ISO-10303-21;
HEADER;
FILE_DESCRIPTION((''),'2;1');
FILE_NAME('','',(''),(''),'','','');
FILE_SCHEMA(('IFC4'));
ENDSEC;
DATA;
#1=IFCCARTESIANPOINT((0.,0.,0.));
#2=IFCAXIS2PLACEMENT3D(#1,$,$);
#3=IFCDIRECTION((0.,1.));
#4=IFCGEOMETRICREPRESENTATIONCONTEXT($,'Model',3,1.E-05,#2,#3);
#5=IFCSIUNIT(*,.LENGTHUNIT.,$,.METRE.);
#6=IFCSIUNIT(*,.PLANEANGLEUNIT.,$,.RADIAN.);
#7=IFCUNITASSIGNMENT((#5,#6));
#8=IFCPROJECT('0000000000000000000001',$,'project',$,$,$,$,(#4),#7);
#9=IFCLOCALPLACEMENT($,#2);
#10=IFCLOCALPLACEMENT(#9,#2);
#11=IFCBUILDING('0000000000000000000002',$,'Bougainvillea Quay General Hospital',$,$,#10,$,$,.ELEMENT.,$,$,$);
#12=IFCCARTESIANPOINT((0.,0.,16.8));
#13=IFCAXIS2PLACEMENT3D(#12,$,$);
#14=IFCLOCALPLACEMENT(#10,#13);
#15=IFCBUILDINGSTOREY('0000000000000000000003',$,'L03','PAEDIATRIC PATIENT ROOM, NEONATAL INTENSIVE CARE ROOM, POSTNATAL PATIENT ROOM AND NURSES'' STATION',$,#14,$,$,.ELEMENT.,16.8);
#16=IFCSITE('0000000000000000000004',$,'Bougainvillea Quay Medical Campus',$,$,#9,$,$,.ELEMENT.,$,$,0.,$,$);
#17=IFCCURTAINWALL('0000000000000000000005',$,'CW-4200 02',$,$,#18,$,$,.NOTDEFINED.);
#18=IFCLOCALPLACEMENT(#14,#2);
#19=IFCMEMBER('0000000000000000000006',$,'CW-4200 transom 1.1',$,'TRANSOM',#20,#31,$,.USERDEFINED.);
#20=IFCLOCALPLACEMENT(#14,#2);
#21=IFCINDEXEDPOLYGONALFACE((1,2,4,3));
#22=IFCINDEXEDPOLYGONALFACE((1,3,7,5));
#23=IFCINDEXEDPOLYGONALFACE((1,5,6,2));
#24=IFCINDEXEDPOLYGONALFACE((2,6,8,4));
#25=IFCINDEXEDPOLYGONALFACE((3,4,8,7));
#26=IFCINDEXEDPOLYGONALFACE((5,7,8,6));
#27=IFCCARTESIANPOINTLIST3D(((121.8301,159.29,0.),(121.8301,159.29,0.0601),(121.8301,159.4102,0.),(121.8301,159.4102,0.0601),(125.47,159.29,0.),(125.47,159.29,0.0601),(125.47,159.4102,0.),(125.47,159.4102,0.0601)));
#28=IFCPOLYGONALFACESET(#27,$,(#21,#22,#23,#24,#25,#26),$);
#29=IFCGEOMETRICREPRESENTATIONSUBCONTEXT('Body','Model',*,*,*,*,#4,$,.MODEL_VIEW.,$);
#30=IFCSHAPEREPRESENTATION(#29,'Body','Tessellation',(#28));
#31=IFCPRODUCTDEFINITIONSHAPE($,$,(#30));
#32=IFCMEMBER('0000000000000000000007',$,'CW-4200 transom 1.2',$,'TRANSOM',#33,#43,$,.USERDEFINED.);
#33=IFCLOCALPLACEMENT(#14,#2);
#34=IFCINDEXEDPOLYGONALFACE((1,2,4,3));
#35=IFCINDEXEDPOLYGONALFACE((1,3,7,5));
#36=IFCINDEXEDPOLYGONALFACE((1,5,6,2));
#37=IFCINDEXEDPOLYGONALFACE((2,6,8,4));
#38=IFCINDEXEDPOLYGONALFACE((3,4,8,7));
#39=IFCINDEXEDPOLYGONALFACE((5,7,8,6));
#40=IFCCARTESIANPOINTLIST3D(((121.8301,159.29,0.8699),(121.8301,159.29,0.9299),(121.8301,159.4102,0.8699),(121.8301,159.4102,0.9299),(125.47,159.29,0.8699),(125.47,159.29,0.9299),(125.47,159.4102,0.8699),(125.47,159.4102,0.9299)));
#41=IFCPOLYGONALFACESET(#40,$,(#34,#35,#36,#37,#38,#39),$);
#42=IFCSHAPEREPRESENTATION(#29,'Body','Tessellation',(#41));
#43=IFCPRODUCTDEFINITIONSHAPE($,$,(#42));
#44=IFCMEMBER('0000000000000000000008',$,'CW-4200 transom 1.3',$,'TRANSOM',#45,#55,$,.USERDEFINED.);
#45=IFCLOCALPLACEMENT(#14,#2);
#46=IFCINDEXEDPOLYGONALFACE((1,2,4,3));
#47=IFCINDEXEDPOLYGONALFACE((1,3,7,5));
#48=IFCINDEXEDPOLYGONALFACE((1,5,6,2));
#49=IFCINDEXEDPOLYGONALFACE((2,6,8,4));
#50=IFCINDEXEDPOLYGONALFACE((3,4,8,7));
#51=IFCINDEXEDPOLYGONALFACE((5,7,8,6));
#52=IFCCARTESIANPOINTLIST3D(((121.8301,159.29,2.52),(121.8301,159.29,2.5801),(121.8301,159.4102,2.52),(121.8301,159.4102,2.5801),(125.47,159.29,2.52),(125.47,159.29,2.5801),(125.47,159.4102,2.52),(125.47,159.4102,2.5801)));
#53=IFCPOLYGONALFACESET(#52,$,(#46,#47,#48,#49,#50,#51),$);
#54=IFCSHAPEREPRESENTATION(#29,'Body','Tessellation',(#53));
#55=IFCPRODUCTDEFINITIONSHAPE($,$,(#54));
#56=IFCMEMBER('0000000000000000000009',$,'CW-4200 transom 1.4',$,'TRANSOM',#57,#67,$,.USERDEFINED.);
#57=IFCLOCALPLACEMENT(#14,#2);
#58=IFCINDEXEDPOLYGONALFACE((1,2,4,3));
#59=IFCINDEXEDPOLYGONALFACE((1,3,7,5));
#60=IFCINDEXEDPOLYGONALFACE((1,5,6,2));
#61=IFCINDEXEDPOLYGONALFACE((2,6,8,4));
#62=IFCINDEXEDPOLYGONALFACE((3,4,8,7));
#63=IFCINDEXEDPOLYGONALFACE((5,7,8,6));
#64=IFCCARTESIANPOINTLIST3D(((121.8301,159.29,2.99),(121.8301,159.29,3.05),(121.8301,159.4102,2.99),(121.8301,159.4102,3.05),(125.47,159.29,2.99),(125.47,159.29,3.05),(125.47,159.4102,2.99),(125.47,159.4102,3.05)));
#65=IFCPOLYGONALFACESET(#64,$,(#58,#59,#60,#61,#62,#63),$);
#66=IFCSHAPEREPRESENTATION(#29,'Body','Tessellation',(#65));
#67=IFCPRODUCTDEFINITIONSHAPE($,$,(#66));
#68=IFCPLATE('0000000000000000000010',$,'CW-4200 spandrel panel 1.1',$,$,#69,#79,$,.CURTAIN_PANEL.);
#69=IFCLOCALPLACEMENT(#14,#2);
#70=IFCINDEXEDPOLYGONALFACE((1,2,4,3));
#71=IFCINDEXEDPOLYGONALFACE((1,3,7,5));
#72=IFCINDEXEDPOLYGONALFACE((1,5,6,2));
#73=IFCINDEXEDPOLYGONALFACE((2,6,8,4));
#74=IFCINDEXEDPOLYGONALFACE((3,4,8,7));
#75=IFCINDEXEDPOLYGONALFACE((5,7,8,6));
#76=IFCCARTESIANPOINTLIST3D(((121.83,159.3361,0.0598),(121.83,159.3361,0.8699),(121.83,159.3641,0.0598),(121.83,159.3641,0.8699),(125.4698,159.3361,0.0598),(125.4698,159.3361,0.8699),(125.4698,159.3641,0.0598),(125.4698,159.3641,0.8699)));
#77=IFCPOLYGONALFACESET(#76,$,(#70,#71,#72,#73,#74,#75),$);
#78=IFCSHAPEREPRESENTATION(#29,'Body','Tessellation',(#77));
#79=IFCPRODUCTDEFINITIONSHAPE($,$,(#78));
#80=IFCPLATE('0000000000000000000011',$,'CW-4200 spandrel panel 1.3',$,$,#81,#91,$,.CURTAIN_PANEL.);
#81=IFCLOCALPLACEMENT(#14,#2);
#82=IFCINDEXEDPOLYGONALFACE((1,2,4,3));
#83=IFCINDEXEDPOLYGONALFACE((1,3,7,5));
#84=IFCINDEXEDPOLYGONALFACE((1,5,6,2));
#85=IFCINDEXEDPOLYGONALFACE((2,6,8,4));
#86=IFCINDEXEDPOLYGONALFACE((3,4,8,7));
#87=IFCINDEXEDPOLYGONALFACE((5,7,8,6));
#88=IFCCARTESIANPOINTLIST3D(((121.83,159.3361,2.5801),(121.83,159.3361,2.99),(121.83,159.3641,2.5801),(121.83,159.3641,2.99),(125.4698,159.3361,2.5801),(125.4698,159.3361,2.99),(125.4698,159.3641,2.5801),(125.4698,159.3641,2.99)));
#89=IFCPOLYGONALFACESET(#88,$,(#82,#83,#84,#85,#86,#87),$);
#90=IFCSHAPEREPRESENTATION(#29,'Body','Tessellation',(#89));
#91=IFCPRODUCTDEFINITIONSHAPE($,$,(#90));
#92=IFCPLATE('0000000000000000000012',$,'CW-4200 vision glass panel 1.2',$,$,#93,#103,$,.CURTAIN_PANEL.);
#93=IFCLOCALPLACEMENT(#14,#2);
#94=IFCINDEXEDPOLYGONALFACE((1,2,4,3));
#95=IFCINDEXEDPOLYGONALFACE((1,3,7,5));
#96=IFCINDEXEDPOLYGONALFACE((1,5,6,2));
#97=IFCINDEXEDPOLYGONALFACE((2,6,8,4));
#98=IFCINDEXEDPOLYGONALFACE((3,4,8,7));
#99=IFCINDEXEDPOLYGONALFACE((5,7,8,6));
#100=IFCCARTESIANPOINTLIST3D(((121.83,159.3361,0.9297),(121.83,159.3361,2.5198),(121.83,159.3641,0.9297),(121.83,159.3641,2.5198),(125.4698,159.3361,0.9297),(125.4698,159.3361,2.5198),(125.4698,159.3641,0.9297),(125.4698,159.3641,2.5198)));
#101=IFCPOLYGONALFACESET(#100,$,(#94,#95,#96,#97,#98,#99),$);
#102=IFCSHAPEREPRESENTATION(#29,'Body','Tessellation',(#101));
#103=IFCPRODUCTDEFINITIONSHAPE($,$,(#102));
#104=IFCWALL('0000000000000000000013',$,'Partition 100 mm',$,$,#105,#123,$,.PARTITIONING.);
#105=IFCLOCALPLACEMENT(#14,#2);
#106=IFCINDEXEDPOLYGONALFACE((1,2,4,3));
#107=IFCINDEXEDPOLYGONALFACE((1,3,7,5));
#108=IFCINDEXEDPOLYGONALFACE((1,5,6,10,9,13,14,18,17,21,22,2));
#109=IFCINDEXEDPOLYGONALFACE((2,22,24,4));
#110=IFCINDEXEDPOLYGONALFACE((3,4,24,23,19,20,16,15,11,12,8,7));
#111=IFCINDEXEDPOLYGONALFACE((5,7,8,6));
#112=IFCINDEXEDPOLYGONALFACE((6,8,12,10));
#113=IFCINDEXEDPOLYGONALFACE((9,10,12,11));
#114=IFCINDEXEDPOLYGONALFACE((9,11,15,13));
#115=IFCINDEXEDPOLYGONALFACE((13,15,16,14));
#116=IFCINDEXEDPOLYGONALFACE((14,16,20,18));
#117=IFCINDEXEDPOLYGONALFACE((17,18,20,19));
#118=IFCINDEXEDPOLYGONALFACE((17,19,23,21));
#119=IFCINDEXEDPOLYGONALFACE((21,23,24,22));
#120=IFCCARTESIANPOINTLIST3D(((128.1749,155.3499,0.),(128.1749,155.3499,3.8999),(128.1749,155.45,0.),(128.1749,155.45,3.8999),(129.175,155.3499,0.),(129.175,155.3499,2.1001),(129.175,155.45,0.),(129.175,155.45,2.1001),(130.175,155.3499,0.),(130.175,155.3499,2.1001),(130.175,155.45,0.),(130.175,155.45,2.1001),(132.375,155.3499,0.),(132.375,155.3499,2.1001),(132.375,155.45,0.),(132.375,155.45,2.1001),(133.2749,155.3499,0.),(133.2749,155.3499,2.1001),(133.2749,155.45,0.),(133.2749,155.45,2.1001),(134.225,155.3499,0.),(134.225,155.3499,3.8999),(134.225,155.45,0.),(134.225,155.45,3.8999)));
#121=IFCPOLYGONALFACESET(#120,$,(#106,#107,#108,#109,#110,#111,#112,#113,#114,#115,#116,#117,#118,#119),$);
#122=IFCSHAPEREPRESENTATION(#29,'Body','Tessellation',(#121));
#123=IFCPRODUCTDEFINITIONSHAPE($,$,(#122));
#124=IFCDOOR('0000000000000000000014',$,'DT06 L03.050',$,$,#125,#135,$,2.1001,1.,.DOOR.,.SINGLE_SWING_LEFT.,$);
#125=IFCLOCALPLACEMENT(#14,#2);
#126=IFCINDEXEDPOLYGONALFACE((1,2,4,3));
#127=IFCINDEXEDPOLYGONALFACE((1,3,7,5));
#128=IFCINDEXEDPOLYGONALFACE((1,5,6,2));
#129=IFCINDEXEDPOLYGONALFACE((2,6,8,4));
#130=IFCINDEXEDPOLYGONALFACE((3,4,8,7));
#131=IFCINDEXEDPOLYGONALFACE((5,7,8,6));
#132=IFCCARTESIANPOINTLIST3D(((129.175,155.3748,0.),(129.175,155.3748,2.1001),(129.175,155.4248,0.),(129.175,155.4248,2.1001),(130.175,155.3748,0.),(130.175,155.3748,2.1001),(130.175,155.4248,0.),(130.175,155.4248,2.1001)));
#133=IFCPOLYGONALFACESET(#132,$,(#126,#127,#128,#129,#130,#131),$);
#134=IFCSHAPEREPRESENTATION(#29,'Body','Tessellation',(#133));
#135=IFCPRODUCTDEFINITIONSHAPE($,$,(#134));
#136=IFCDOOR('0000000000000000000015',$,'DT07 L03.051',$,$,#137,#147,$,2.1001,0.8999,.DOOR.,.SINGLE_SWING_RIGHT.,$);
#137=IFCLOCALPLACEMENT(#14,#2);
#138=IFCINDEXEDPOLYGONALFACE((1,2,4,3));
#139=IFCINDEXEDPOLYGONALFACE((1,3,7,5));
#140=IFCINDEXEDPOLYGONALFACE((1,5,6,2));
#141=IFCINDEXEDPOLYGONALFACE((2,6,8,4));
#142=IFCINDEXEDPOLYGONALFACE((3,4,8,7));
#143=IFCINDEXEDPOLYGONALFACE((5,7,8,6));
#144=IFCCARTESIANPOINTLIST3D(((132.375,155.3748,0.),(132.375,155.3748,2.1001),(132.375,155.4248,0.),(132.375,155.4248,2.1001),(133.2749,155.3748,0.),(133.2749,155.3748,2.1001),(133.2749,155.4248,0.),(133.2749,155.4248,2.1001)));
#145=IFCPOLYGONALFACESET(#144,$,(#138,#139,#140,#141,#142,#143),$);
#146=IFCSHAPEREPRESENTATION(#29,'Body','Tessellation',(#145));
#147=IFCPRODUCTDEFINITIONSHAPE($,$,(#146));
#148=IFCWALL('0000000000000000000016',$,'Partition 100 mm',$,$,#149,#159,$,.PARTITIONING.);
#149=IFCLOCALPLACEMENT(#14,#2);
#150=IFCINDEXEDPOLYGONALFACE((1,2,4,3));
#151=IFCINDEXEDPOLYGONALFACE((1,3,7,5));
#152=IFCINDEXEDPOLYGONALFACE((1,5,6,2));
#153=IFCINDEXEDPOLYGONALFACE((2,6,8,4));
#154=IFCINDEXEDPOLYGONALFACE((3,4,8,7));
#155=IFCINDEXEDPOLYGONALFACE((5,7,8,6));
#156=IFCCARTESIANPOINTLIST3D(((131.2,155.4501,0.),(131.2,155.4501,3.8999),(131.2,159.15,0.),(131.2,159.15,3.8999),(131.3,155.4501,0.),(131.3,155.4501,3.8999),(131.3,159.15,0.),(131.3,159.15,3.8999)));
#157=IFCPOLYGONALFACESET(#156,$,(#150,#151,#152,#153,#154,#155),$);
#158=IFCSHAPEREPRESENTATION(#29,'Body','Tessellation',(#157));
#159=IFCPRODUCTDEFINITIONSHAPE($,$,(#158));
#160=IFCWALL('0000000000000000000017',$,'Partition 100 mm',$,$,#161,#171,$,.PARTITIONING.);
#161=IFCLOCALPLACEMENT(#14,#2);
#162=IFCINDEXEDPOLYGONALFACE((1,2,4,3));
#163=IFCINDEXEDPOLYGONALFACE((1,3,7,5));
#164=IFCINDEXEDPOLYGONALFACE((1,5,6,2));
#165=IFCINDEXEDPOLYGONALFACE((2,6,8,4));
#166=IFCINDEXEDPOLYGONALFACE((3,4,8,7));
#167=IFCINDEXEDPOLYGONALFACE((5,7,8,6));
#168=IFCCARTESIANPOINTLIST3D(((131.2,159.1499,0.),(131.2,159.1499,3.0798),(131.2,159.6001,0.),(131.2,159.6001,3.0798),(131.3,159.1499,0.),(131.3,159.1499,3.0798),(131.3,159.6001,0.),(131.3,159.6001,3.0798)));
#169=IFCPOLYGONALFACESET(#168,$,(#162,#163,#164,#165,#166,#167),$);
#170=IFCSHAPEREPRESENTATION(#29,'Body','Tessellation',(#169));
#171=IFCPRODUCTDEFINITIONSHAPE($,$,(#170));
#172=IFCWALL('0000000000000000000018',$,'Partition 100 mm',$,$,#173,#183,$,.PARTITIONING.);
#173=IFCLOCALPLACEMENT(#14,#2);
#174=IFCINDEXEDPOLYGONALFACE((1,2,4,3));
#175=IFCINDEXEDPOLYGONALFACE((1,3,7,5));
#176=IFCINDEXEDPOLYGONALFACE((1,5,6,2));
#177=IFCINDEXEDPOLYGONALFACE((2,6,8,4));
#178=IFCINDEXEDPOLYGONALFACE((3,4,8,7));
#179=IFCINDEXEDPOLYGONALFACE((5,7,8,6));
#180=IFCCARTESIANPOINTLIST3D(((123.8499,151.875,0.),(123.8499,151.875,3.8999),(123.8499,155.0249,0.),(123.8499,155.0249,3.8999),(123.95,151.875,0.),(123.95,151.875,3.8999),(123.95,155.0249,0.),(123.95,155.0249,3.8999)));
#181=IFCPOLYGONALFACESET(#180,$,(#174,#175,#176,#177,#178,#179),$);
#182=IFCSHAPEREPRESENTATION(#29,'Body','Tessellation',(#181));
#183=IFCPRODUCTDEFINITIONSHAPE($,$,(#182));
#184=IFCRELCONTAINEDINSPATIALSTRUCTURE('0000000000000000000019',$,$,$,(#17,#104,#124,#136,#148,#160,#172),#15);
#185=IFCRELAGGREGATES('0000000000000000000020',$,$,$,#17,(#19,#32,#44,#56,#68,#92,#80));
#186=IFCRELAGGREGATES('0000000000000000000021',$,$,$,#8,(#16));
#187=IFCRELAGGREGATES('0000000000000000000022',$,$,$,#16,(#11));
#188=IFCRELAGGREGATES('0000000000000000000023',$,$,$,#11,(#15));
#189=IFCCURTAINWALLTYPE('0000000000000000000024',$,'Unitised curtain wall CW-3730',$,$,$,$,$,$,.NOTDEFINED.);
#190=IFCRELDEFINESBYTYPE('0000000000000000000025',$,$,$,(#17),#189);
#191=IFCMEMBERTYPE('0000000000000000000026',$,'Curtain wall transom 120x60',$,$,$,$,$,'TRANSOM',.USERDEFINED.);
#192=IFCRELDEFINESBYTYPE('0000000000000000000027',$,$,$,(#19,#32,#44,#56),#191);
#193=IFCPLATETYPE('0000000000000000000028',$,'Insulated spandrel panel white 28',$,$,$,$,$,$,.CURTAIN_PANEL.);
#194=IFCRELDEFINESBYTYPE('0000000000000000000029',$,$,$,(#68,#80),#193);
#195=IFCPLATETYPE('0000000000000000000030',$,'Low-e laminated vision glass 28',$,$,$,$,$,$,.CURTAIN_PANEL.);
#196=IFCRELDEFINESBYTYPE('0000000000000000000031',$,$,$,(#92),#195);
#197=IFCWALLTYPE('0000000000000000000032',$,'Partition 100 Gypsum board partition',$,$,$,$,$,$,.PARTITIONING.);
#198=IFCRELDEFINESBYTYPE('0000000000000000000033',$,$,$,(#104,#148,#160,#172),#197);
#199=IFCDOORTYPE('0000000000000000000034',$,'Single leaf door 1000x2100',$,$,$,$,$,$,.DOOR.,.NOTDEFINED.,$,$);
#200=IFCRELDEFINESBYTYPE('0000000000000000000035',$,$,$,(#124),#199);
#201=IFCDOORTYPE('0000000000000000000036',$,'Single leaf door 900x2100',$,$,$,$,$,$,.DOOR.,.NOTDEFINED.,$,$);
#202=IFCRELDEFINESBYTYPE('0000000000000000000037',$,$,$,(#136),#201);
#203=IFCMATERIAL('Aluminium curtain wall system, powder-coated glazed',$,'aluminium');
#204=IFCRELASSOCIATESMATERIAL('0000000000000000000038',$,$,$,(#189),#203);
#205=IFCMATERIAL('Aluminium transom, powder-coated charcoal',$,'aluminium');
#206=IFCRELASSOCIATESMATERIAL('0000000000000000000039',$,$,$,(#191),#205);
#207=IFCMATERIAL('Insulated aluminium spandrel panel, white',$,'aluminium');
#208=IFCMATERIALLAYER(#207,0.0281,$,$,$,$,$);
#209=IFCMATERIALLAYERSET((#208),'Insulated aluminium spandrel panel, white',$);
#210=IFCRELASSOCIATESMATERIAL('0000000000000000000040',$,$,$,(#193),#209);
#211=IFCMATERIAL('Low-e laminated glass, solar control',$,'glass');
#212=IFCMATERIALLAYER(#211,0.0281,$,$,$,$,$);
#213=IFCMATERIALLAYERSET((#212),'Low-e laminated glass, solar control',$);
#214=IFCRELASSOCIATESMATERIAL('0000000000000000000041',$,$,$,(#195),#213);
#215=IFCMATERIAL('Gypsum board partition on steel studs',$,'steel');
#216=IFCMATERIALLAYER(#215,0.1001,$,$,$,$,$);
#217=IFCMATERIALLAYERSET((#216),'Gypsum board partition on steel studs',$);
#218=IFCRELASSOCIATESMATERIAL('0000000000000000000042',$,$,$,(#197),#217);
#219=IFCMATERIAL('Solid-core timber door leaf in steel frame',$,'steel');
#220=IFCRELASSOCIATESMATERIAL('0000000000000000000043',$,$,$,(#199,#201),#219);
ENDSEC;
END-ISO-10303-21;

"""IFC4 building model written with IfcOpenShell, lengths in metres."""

from ifc_helpers import new_model, si_unit, direction, frame, frame_2d, origin, origin_2d, place, context, subcontext, project, spatial, rectangle, extrude, material, layer, layer_set, material_profile, profile_set, type_object, element, fill, aggregate, save


model = new_model("IFC4")

# Units and contexts
model_context = context("Model", 3, precision=1e-05, world=origin(), true_north=direction((0.0, 1.0)))
body_context = subcontext(model_context, "Body", "Model", "MODEL_VIEW")
ifc_project = project(units=[si_unit("LENGTHUNIT", "METRE"), si_unit("PLANEANGLEUNIT", "RADIAN")], contexts=[model_context])

# Site, building, storey
site_placement = place(None, origin())
site = spatial("IfcSite", under=ifc_project, at=site_placement, Name="Bougainvillea Quay Medical Campus", CompositionType="ELEMENT", RefElevation=0.0)
building_placement = place(site_placement, origin())
building = spatial("IfcBuilding", under=site, at=building_placement, Name="Bougainvillea Quay General Hospital", CompositionType="ELEMENT")
storey_placement = place(building_placement, frame((0.0, 0.0, 16.8)))
storey = spatial("IfcBuildingStorey", under=building, at=storey_placement, Name="L03", Description="PAEDIATRIC PATIENT ROOM, NEONATAL INTENSIVE CARE ROOM, POSTNATAL PATIENT ROOM AND NURSES' STATION", CompositionType="ELEMENT", Elevation=16.8)

# Curtain wall, members, plates
ifc_material_1 = material(Name="Aluminium curtain wall system, powder-coated glazed", Category="aluminium")
curtain_wall_type = type_object("IfcCurtainWallType", Name="Unitised curtain wall CW-3730", PredefinedType="NOTDEFINED", material=ifc_material_1)
curtain_wall_placement = place(storey_placement, origin())
curtain_wall = element("IfcCurtainWall", 1, at=curtain_wall_placement, inside=storey, type_object=curtain_wall_type, Name="CW-4200 02", PredefinedType="NOTDEFINED")
ifc_material_2 = material(Name="Aluminium transom, powder-coated charcoal", Category="aluminium")
ifc_material_profile = material_profile(ifc_material_2, rectangle(XDim=0.1201, YDim=0.0601, at=origin_2d()))
ifc_profile_set = profile_set([ifc_material_profile], Name="Aluminium transom, powder-coated charcoal")
member_type = type_object("IfcMemberType", Name="Curtain wall transom 120x60", ElementType="TRANSOM", PredefinedType="USERDEFINED", material=ifc_profile_set)
member_1_placement = place(storey_placement, frame((125.47, 159.3501, 0.03), z_axis=(-1.0, 0.0, 0.0), x_axis=(0.0, -1.0, 0.0)))
member_1 = element("IfcMember", 2, at=member_1_placement, type_object=member_type, Name="CW-4200 transom 1.1", ObjectType="TRANSOM", PredefinedType="USERDEFINED", context=body_context, shape_type="SweptSolid", body=[
    extrude(rectangle(XDim=0.1201, YDim=0.0601, at=origin_2d()), origin(), (0.0, 0.0, 1.0), 3.6399),
])
member_2_placement = place(storey_placement, frame((125.47, 159.3501, 0.8999), z_axis=(-1.0, 0.0, 0.0), x_axis=(0.0, -1.0, 0.0)))
member_2 = element("IfcMember", 3, at=member_2_placement, type_object=member_type, Name="CW-4200 transom 1.2", ObjectType="TRANSOM", PredefinedType="USERDEFINED", context=body_context, shape_type="SweptSolid", body=[
    extrude(rectangle(XDim=0.1201, YDim=0.0601, at=origin_2d()), origin(), (0.0, 0.0, 1.0), 3.6399),
])
member_3_placement = place(storey_placement, frame((125.47, 159.3501, 2.55), z_axis=(-1.0, 0.0, 0.0), x_axis=(0.0, -1.0, 0.0)))
member_3 = element("IfcMember", 4, at=member_3_placement, type_object=member_type, Name="CW-4200 transom 1.3", ObjectType="TRANSOM", PredefinedType="USERDEFINED", context=body_context, shape_type="SweptSolid", body=[
    extrude(rectangle(XDim=0.1201, YDim=0.0601, at=origin_2d()), origin(), (0.0, 0.0, 1.0), 3.6399),
])
member_4_placement = place(storey_placement, frame((125.47, 159.3501, 3.02), z_axis=(-1.0, 0.0, 0.0), x_axis=(0.0, -1.0, 0.0)))
member_4 = element("IfcMember", 5, at=member_4_placement, type_object=member_type, Name="CW-4200 transom 1.4", ObjectType="TRANSOM", PredefinedType="USERDEFINED", context=body_context, shape_type="SweptSolid", body=[
    extrude(rectangle(XDim=0.1201, YDim=0.0601, at=origin_2d()), origin(), (0.0, 0.0, 1.0), 3.6399),
])
ifc_material_3 = material(Name="Insulated aluminium spandrel panel, white", Category="aluminium")
ifc_layer_1 = layer(ifc_material_3, 0.0281)
ifc_layer_set_1 = layer_set([ifc_layer_1], Name="Insulated aluminium spandrel panel, white")
plate_type_1 = type_object("IfcPlateType", Name="Insulated spandrel panel white 28", PredefinedType="CURTAIN_PANEL", material=ifc_layer_set_1)
plate_1_placement = place(storey_placement, frame((123.6499, 159.3501, 0.0598), z_axis=(0.0, 0.0, 1.0), x_axis=(-1.0, 0.0, 0.0)))
plate_1 = element("IfcPlate", 6, at=plate_1_placement, type_object=plate_type_1, Name="CW-4200 spandrel panel 1.1", PredefinedType="CURTAIN_PANEL", context=body_context, shape_type="SweptSolid", body=[
    extrude(rectangle(XDim=3.6399, YDim=0.0281, at=origin_2d()), origin(), (0.0, 0.0, 1.0), 0.8101),
])
plate_2_placement = place(storey_placement, frame((123.6499, 159.3501, 2.5801), z_axis=(0.0, 0.0, 1.0), x_axis=(-1.0, 0.0, 0.0)))
plate_2 = element("IfcPlate", 7, at=plate_2_placement, type_object=plate_type_1, Name="CW-4200 spandrel panel 1.3", PredefinedType="CURTAIN_PANEL", context=body_context, shape_type="SweptSolid", body=[
    extrude(rectangle(XDim=3.6399, YDim=0.0281, at=origin_2d()), origin(), (0.0, 0.0, 1.0), 0.4099),
])
ifc_material_4 = material(Name="Low-e laminated glass, solar control", Category="glass")
ifc_layer_2 = layer(ifc_material_4, 0.0281)
ifc_layer_set_2 = layer_set([ifc_layer_2], Name="Low-e laminated glass, solar control")
plate_type_2 = type_object("IfcPlateType", Name="Low-e laminated vision glass 28", PredefinedType="CURTAIN_PANEL", material=ifc_layer_set_2)
plate_3_placement = place(storey_placement, frame((123.6499, 159.3501, 0.9297), z_axis=(0.0, 0.0, 1.0), x_axis=(-1.0, 0.0, 0.0)))
plate_3 = element("IfcPlate", 8, at=plate_3_placement, type_object=plate_type_2, Name="CW-4200 vision glass panel 1.2", PredefinedType="CURTAIN_PANEL", context=body_context, shape_type="SweptSolid", body=[
    extrude(rectangle(XDim=3.6399, YDim=0.0281, at=origin_2d()), origin(), (0.0, 0.0, 1.0), 1.5901),
])
aggregate(curtain_wall, [member_1, member_2, member_3, member_4, plate_1, plate_3, plate_2])

# Wall, openings, doors
ifc_material_5 = material(Name="Gypsum board partition on steel studs", Category="steel")
ifc_layer_3 = layer(ifc_material_5, 0.1001)
ifc_layer_set_3 = layer_set([ifc_layer_3], Name="Gypsum board partition on steel studs")
wall_type_1 = type_object("IfcWallType", Name="Partition 100 Gypsum board partition", PredefinedType="PARTITIONING", material=ifc_layer_set_3)
wall_1_placement = place(storey_placement, frame((128.175, 155.3999, 0.0), z_axis=(0.0, 0.0, 1.0), x_axis=(1.0, 0.0, 0.0)))
wall_1 = element("IfcWall", 9, at=wall_1_placement, inside=storey, type_object=wall_type_1, Name="Partition 100 mm", PredefinedType="PARTITIONING", context=body_context, shape_type="SweptSolid", body=[
    extrude(rectangle(XDim=6.05, YDim=0.1001, at=frame_2d((3.0249, 0.0))), origin(), (0.0, 0.0, 1.0), 3.8999),
])
opening_1_placement = place(wall_1_placement, frame((1.0, 0.0, 0.0)))
opening_1 = element("IfcOpeningElement", 10, at=opening_1_placement, cuts=wall_1, PredefinedType="OPENING", context=body_context, shape_type="SweptSolid", body=[
    extrude(rectangle(XDim=1.0, YDim=2.1001, at=frame_2d((0.5, 1.05))), frame((0.0, 0.0601, 0.0), z_axis=(0.0, -1.0, 0.0), x_axis=(1.0, 0.0, 0.0)), (0.0, 0.0, 1.0), 0.1201),
])
opening_2_placement = place(wall_1_placement, frame((4.2, 0.0, 0.0)))
opening_2 = element("IfcOpeningElement", 11, at=opening_2_placement, cuts=wall_1, PredefinedType="OPENING", context=body_context, shape_type="SweptSolid", body=[
    extrude(rectangle(XDim=0.8999, YDim=2.1001, at=frame_2d((0.45, 1.05))), frame((0.0, 0.0601, 0.0), z_axis=(0.0, -1.0, 0.0), x_axis=(1.0, 0.0, 0.0)), (0.0, 0.0, 1.0), 0.1201),
])
ifc_material_6 = material(Name="Solid-core timber door leaf in steel frame", Category="steel")
door_type_1 = type_object("IfcDoorType", Name="Single leaf door 1000x2100", OperationType="NOTDEFINED", PredefinedType="DOOR", material=ifc_material_6)
door_1_placement = place(opening_1_placement, origin())
door_1 = element("IfcDoor", 12, at=door_1_placement, inside=storey, type_object=door_type_1, Name="DT06 L03.050", OperationType="SINGLE_SWING_LEFT", OverallHeight=2.1001, OverallWidth=1.0, PredefinedType="DOOR", context=body_context, shape_type="SweptSolid", body=[
    extrude(rectangle(XDim=1.0, YDim=2.1001, at=frame_2d((0.5, 1.05))), frame((0.0, 0.0249, 0.0), z_axis=(0.0, -1.0, 0.0), x_axis=(1.0, 0.0, 0.0)), (0.0, 0.0, 1.0), 0.05),
])
fill(opening_1, door_1)
door_type_2 = type_object("IfcDoorType", Name="Single leaf door 900x2100", OperationType="NOTDEFINED", PredefinedType="DOOR", material=ifc_material_6)
door_2_placement = place(opening_2_placement, origin())
door_2 = element("IfcDoor", 13, at=door_2_placement, inside=storey, type_object=door_type_2, Name="DT07 L03.051", OperationType="SINGLE_SWING_RIGHT", OverallHeight=2.1001, OverallWidth=0.8999, PredefinedType="DOOR", context=body_context, shape_type="SweptSolid", body=[
    extrude(rectangle(XDim=0.8999, YDim=2.1001, at=frame_2d((0.45, 1.05))), frame((0.0, 0.0249, 0.0), z_axis=(0.0, -1.0, 0.0), x_axis=(1.0, 0.0, 0.0)), (0.0, 0.0, 1.0), 0.05),
])
fill(opening_2, door_2)

# Walls
wall_2_placement = place(storey_placement, frame((131.25, 155.45, 0.0), z_axis=(0.0, 0.0, 1.0), x_axis=(0.0, 1.0, 0.0)))
element("IfcWall", 14, at=wall_2_placement, inside=storey, type_object=wall_type_1, Name="Partition 100 mm", PredefinedType="PARTITIONING", context=body_context, shape_type="SweptSolid", body=[
    extrude(rectangle(XDim=3.7, YDim=0.1001, at=frame_2d((1.8501, 0.0))), origin(), (0.0, 0.0, 1.0), 3.8999),
])
wall_3_placement = place(storey_placement, frame((131.25, 159.1499, 0.0), z_axis=(0.0, 0.0, 1.0), x_axis=(0.0, 1.0, 0.0)))
element("IfcWall", 15, at=wall_3_placement, inside=storey, type_object=wall_type_1, Name="Partition 100 mm", PredefinedType="PARTITIONING", context=body_context, shape_type="SweptSolid", body=[
    extrude(rectangle(XDim=0.4502, YDim=0.1001, at=frame_2d((0.2251, 0.0))), origin(), (0.0, 0.0, 1.0), 3.0798),
])
wall_4_placement = place(storey_placement, frame((123.8999, 151.875, 0.0), z_axis=(0.0, 0.0, 1.0), x_axis=(0.0, 1.0, 0.0)))
element("IfcWall", 16, at=wall_4_placement, inside=storey, type_object=wall_type_1, Name="Partition 100 mm", PredefinedType="PARTITIONING", context=body_context, shape_type="SweptSolid", body=[
    extrude(rectangle(XDim=3.1499, YDim=0.1001, at=frame_2d((1.575, 0.0))), origin(), (0.0, 0.0, 1.0), 3.8999),
])

save(model, "model.ifc")
